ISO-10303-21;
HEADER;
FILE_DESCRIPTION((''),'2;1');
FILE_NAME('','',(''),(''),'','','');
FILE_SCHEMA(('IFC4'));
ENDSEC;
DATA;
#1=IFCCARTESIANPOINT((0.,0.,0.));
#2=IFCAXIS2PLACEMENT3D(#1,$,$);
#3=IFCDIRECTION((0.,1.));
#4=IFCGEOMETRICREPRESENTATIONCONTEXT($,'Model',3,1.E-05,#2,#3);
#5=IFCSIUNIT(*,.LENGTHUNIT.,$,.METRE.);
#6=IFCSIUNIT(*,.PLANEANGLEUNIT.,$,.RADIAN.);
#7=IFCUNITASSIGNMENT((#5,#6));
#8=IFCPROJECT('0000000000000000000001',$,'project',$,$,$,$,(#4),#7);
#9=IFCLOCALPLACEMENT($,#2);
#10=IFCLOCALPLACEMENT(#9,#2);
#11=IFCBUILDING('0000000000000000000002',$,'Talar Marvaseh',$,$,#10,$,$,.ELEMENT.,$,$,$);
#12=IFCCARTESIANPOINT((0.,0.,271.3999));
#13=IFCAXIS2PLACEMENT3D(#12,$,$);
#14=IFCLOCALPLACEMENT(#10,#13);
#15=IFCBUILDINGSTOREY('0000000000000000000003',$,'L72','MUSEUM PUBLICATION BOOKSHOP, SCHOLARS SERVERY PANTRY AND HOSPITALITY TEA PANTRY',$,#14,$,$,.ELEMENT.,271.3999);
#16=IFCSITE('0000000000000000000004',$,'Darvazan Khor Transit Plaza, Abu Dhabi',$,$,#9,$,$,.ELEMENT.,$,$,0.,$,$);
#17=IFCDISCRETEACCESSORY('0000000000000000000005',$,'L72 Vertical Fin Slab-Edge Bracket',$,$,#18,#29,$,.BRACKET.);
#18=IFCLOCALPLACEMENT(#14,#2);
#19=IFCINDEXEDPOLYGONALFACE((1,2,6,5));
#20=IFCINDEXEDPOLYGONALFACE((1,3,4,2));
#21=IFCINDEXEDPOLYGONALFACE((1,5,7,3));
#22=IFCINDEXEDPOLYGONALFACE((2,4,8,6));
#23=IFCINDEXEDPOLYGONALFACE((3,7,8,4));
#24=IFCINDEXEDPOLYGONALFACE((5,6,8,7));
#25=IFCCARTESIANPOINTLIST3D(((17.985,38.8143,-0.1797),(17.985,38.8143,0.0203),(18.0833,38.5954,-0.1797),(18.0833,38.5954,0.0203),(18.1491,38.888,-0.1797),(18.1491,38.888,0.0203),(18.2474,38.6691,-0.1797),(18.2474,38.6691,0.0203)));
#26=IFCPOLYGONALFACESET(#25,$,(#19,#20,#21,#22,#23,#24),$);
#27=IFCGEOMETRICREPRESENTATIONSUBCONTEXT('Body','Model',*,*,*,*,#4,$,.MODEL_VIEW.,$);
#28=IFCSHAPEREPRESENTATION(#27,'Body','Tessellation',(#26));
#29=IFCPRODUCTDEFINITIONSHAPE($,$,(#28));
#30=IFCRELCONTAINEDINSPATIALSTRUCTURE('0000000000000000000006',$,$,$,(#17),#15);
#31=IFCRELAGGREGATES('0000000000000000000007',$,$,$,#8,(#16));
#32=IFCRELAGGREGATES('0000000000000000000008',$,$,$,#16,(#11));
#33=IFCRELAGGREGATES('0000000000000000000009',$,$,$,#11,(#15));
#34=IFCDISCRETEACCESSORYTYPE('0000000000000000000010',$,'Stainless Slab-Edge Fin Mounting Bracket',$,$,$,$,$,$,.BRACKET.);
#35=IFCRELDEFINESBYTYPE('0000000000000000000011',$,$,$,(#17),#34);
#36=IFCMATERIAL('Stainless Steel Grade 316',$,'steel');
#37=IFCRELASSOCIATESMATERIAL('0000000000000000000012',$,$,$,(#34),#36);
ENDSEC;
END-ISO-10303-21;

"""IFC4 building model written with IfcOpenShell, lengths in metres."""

from ifc_helpers import new_model, si_unit, direction, frame, origin, origin_2d, place, context, subcontext, project, spatial, rectangle, extrude, source, transform, mapped, material, type_object, type_shapes, element, save


model = new_model("IFC4")

# Units and contexts
model_context = context("Model", 3, precision=1e-05, world=origin(), true_north=direction((0.0, 1.0)))
body_context = subcontext(model_context, "Body", "Model", "MODEL_VIEW")
ifc_project = project(units=[si_unit("LENGTHUNIT", "METRE"), si_unit("PLANEANGLEUNIT", "RADIAN")], contexts=[model_context])

# Site, building, storey
site_placement = place(None, origin())
site = spatial("IfcSite", under=ifc_project, at=site_placement, Name="Darvazan Khor Transit Plaza, Abu Dhabi", CompositionType="ELEMENT", RefElevation=0.0)
building_placement = place(site_placement, origin())
building = spatial("IfcBuilding", under=site, at=building_placement, Name="Talar Marvaseh", CompositionType="ELEMENT")
storey_placement = place(building_placement, frame((0.0, 0.0, 271.3999)))
storey = spatial("IfcBuildingStorey", under=building, at=storey_placement, Name="L72", Description="MUSEUM PUBLICATION BOOKSHOP, SCHOLARS SERVERY PANTRY AND HOSPITALITY TEA PANTRY", CompositionType="ELEMENT", Elevation=271.3999)

# Discrete accessory
ifc_material_1 = material(Name="Stainless Steel Grade 316", Category="steel")
discrete_accessory_type = type_object("IfcDiscreteAccessoryType", Name="Stainless Slab-Edge Fin Mounting Bracket", PredefinedType="BRACKET", material=ifc_material_1)
shared_shape_1 = source(origin(), body_context, "Body", "SweptSolid", [
    extrude(rectangle(XDim=0.24, YDim=0.1799, at=origin_2d()), origin(), (0.0, 0.0, 1.0), 0.2),
])
type_shapes(discrete_accessory_type, [shared_shape_1])
for number, where, z_axis, x_axis, name in (
    (1, (18.1162, 38.7417, -0.1797), (0.0, 0.0, 1.0), (-0.409605, 0.912263, 0.0), "L72 Vertical Fin Slab-Edge Bracket"),
):
    element("IfcDiscreteAccessory", number, at=place(storey_placement, frame(where, z_axis=z_axis, x_axis=x_axis)), inside=storey, type_object=discrete_accessory_type, Name=name, PredefinedType="BRACKET", context=body_context, shape_type="MappedRepresentation", body=[
        mapped(shared_shape_1, transform((0.0, 0.0, 0.0), x_axis=(1.0, 0.0, 0.0), y_axis=(0.0, 1.0, 0.0), z_axis=(0.0, 0.0, 1.0), scale=1.0)),
    ])

save(model, "model.ifc")
